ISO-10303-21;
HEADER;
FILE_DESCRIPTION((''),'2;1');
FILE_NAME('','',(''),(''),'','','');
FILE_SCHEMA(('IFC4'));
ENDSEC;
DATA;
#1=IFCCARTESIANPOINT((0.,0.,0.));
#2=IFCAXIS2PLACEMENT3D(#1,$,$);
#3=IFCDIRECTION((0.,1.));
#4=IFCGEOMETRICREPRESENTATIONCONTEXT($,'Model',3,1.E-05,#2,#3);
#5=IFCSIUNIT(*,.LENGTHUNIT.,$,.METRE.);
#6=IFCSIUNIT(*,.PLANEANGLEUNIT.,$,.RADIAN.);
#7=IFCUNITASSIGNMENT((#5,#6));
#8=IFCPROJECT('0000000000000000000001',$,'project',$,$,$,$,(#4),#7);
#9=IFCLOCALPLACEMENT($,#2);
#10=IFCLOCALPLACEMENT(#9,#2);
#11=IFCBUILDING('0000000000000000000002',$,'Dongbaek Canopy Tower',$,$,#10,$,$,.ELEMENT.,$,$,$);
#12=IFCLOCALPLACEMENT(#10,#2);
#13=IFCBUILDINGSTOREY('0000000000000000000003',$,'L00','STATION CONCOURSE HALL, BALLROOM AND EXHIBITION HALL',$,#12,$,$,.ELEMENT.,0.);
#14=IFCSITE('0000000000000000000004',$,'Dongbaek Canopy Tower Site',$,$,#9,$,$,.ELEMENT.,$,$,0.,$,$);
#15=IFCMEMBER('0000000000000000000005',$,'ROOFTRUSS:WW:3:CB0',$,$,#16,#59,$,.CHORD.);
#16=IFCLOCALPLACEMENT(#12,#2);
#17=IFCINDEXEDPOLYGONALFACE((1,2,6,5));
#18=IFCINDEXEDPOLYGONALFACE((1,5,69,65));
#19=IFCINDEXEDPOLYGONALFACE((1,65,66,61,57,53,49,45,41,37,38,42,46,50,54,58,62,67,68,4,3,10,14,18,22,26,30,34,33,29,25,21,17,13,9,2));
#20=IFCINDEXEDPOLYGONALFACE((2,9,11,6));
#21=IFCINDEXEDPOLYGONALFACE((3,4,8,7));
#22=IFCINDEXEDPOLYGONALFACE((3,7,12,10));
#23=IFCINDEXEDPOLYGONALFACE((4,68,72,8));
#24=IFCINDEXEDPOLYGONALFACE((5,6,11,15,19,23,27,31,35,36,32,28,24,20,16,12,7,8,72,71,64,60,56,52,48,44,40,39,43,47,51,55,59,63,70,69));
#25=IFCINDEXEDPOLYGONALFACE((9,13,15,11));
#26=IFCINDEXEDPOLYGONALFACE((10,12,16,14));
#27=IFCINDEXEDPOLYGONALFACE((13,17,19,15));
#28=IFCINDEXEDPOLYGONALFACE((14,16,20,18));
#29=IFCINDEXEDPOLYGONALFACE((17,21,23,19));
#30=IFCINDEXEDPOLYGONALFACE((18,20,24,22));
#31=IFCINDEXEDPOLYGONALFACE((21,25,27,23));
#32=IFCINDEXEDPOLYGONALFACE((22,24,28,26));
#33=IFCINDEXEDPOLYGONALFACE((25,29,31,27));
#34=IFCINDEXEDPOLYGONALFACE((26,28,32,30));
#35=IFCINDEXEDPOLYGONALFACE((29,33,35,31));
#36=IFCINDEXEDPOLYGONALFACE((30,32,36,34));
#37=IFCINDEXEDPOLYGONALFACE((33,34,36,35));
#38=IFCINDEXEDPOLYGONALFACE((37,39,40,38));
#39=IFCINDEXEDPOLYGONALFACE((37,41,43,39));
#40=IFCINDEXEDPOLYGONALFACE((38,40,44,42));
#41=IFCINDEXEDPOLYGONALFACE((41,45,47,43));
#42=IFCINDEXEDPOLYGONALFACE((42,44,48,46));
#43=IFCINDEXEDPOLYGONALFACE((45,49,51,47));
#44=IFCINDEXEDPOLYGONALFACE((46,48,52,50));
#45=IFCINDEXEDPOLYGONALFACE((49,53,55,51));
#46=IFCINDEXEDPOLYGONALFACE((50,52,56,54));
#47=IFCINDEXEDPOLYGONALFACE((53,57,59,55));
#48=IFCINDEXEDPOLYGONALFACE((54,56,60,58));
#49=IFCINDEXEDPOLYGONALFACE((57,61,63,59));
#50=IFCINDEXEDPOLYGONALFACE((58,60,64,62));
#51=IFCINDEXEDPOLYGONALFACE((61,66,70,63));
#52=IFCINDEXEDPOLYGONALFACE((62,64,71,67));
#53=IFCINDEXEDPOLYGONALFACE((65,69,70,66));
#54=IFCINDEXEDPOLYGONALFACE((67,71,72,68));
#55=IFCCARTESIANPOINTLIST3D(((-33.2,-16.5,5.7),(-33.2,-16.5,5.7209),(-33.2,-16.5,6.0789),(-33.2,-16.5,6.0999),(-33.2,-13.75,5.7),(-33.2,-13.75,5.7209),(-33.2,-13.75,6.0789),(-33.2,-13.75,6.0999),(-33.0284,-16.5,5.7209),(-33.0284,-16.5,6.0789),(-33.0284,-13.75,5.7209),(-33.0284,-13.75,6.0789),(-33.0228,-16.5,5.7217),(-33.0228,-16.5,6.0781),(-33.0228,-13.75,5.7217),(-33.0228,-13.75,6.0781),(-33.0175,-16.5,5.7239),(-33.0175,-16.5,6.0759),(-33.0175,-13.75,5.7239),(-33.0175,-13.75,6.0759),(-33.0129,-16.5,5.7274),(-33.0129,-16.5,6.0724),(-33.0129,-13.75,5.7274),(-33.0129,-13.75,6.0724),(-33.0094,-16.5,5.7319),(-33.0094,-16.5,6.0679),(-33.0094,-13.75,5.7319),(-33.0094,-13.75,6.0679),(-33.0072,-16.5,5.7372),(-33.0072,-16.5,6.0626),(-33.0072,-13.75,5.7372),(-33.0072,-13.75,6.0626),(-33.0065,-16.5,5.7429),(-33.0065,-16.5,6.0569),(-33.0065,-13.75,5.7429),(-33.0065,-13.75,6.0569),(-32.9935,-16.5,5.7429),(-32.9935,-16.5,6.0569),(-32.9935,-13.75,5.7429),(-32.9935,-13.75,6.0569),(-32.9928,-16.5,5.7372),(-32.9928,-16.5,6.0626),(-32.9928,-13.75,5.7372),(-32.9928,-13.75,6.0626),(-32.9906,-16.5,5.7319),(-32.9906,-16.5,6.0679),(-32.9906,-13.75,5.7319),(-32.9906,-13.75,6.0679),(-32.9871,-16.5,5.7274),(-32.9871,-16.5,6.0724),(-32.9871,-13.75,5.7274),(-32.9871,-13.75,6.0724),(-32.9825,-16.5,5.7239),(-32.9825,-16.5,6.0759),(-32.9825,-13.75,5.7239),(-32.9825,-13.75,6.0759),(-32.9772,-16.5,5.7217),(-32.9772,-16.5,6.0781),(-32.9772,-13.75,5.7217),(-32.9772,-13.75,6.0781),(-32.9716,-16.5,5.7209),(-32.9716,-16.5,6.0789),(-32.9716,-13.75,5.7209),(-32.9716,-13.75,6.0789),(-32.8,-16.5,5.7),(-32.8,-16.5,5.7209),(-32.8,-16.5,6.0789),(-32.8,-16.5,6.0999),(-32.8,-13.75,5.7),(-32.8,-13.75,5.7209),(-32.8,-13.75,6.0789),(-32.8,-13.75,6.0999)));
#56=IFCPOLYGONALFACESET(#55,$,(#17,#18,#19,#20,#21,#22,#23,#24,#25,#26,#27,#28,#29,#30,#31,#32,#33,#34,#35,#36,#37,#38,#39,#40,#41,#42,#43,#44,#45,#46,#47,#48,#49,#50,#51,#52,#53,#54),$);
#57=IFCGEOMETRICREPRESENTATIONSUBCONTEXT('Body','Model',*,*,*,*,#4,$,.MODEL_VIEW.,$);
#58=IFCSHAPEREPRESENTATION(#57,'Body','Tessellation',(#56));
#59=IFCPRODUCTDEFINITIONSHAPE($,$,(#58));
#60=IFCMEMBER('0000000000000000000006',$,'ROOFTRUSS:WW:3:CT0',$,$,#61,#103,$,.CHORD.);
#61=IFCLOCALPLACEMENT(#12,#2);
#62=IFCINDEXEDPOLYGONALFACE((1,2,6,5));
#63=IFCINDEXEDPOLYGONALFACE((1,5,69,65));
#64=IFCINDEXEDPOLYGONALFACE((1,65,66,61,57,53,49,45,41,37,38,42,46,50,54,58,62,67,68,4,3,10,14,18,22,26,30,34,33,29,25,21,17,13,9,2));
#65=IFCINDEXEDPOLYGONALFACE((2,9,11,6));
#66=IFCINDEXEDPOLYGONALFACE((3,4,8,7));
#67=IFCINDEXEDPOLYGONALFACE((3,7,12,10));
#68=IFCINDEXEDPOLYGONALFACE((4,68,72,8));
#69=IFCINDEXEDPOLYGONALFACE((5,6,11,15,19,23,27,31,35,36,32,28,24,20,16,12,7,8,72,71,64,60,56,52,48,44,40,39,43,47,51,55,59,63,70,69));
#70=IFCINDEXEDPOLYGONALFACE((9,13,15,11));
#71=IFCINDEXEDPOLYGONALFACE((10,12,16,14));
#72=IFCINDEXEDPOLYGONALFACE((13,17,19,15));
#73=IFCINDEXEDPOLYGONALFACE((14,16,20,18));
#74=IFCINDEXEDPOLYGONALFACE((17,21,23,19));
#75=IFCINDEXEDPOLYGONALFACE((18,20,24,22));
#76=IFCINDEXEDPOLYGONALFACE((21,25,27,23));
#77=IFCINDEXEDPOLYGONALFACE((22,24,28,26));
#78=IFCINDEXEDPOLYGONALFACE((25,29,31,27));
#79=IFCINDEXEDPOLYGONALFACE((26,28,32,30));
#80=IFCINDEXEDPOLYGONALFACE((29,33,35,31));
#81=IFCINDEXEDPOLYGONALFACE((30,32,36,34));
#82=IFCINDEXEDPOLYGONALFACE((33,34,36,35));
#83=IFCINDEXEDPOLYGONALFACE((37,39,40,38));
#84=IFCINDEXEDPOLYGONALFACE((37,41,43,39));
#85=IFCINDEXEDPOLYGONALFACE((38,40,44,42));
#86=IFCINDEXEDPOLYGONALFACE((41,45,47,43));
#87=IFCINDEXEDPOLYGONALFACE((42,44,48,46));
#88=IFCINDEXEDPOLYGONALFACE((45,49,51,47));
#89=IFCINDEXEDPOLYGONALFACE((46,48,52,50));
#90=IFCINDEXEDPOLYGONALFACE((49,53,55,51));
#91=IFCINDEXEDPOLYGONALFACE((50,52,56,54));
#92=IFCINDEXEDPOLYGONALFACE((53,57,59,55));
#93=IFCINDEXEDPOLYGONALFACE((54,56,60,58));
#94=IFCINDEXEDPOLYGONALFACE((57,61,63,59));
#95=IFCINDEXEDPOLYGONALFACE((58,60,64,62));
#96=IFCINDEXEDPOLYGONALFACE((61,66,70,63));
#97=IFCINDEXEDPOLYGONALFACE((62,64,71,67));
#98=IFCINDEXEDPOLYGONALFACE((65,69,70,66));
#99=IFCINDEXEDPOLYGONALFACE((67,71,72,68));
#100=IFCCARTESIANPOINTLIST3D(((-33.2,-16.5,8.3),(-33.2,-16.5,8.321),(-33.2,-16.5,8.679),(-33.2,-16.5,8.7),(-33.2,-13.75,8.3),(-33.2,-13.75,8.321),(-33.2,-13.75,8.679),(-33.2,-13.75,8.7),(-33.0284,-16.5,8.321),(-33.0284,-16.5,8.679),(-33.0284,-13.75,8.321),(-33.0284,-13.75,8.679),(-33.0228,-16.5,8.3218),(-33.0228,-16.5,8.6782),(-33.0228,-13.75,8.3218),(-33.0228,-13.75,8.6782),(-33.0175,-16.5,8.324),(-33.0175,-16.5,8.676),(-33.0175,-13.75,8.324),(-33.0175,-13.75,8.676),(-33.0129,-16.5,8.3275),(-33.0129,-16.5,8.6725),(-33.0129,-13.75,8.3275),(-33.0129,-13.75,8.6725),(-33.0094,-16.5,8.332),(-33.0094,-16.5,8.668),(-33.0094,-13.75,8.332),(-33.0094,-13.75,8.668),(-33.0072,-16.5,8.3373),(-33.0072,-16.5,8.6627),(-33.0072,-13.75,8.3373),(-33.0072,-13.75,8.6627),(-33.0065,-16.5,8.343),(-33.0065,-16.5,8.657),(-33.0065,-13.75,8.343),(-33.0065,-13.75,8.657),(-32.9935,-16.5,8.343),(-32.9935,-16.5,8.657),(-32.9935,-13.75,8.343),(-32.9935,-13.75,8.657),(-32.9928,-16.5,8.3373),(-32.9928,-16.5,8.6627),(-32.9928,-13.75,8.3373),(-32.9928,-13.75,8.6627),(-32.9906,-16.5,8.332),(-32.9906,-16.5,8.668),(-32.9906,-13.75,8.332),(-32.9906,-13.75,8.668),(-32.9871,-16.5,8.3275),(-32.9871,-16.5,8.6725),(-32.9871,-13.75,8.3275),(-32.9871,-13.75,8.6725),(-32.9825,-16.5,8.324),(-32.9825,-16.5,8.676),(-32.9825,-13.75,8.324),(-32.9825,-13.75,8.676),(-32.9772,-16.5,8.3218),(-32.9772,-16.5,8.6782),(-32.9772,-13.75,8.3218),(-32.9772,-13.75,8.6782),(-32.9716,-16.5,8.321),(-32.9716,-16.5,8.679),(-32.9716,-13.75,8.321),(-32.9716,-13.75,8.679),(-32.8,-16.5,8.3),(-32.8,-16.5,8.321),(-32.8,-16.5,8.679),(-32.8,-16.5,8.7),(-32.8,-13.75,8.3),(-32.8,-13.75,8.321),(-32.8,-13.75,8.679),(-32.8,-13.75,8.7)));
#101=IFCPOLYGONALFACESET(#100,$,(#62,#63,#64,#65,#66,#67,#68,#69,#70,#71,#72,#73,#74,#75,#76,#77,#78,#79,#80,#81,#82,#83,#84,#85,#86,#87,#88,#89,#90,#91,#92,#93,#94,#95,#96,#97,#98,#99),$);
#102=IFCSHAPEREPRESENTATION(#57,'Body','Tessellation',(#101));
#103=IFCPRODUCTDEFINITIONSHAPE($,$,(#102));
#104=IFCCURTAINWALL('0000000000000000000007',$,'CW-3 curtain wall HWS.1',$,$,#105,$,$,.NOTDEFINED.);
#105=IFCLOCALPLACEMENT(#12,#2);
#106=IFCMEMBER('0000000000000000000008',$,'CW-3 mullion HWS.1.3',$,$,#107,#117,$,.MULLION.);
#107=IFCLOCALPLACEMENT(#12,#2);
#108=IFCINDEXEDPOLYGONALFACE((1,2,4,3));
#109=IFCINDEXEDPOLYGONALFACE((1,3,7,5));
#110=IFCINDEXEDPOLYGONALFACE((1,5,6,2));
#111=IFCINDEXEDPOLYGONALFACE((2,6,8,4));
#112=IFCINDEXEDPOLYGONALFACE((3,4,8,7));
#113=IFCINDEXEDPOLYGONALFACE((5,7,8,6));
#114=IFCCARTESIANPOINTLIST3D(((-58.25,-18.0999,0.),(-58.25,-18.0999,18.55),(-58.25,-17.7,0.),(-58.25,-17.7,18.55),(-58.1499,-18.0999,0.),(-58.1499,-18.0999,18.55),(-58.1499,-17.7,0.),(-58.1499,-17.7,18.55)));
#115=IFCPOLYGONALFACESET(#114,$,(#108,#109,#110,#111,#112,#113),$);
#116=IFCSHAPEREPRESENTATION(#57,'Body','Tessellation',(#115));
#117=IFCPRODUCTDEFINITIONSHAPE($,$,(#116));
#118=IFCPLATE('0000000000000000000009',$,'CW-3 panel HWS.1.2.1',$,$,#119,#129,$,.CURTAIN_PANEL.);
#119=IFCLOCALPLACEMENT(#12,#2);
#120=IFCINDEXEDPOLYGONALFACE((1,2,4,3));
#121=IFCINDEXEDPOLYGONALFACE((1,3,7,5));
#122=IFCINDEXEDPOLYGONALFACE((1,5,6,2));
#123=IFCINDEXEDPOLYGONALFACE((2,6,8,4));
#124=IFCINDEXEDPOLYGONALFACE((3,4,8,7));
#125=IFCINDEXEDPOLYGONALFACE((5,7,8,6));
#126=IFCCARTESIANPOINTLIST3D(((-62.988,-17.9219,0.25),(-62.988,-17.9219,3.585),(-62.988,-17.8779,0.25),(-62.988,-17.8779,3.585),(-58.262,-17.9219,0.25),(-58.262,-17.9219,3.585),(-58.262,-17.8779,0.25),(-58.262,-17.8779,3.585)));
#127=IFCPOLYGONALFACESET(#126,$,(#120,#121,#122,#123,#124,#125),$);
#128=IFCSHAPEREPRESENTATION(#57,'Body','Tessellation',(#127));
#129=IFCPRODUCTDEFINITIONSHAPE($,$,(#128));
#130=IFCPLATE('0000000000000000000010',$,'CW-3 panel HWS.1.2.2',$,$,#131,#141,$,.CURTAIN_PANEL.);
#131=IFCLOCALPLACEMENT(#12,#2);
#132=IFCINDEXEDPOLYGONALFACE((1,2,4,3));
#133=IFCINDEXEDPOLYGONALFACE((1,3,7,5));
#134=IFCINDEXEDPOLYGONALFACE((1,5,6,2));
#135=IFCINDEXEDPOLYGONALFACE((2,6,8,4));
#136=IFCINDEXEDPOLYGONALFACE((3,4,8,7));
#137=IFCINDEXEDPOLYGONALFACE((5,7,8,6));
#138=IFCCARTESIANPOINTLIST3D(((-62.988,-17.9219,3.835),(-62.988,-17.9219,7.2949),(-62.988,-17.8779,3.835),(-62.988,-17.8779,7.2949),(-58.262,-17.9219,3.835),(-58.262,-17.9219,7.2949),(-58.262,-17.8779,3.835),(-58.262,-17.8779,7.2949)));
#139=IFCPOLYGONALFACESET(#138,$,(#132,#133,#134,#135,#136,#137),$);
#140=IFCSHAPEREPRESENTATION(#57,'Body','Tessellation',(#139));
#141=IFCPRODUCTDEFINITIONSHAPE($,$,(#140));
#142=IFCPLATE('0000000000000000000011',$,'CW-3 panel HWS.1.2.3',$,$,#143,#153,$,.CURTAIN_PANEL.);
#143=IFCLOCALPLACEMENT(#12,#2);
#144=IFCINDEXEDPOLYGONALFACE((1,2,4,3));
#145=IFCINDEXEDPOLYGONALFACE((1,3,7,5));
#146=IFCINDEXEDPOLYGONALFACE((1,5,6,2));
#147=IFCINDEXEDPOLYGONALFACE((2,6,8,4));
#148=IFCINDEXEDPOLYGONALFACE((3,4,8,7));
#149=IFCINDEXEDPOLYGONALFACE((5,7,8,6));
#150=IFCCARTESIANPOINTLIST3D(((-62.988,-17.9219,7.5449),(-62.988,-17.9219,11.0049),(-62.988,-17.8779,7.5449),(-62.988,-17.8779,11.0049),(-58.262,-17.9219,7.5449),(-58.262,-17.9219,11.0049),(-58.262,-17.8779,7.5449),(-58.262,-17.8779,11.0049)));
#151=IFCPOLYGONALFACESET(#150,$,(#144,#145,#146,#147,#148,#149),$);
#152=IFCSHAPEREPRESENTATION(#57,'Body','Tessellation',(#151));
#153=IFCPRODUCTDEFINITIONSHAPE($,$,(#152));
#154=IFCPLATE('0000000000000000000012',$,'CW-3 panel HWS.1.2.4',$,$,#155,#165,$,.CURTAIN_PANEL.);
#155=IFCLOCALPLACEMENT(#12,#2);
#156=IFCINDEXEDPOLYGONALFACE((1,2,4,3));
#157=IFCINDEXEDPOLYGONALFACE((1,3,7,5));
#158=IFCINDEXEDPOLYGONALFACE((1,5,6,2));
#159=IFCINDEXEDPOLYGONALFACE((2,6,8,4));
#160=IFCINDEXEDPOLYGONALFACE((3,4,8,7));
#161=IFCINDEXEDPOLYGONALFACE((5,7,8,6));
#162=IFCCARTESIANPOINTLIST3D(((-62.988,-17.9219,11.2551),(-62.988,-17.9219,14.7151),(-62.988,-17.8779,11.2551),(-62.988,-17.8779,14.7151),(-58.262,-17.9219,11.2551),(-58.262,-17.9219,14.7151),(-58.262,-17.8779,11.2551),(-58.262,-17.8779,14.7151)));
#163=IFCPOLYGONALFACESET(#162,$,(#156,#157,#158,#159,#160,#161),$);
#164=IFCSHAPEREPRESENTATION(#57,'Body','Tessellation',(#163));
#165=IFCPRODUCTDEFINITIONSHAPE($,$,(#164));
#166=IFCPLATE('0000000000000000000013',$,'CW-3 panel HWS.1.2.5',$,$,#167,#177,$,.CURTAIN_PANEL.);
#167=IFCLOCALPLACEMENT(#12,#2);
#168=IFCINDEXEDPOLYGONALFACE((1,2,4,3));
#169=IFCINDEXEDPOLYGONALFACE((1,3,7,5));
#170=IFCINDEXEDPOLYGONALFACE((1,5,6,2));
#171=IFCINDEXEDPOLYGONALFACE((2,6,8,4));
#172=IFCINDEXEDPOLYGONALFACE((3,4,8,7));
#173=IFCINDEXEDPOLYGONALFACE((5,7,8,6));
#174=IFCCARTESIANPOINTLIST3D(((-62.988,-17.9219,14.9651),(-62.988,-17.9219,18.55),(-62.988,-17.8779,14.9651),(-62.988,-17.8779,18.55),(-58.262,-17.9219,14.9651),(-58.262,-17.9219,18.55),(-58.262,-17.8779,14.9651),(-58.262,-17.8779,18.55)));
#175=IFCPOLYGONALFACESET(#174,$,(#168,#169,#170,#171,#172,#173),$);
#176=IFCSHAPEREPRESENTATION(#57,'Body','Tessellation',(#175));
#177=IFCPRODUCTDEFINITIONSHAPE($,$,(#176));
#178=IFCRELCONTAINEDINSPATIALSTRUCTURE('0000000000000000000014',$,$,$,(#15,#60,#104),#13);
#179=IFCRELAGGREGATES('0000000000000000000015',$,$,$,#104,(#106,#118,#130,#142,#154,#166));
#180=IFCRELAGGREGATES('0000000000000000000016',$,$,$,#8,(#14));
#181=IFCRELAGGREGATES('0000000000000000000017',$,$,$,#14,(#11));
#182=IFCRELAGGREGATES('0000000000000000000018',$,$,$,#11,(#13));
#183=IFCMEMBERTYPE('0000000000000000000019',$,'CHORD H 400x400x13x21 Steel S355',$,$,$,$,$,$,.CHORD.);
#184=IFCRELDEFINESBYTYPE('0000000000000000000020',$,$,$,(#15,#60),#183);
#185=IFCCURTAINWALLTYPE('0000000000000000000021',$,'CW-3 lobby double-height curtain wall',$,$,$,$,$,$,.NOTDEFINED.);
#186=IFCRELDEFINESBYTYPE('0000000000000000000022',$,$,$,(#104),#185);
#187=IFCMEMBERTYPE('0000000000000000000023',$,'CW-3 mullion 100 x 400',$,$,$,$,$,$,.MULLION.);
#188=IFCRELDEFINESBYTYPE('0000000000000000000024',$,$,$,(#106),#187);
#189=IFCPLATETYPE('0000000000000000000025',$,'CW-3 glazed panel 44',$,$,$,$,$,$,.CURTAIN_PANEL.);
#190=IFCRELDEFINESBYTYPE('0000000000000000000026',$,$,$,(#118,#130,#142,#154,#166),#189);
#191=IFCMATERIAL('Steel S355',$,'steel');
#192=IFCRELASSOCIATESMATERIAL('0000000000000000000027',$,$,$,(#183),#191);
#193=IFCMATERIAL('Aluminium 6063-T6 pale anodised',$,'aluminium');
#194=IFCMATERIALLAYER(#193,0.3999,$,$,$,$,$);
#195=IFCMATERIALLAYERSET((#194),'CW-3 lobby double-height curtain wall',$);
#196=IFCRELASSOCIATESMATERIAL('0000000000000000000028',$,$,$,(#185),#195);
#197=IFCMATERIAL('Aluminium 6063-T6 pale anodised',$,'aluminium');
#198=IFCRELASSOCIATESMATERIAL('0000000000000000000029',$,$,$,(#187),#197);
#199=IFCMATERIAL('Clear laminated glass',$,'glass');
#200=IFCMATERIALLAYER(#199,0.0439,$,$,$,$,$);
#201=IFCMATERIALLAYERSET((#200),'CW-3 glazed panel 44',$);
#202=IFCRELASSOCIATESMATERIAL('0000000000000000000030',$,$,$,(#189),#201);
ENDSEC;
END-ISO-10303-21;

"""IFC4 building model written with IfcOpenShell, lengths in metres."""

from ifc_helpers import new_model, si_unit, direction, frame, origin, origin_2d, place, context, subcontext, project, spatial, rectangle, i_section, extrude, material, layer, layer_set, material_profile, profile_set, type_object, element, aggregate, save


model = new_model("IFC4")

# Units and contexts
model_context = context("Model", 3, precision=1e-05, world=origin(), true_north=direction((0.0, 1.0)))
body_context = subcontext(model_context, "Body", "Model", "MODEL_VIEW")
ifc_project = project(units=[si_unit("LENGTHUNIT", "METRE"), si_unit("PLANEANGLEUNIT", "RADIAN")], contexts=[model_context])

# Site, building, storey
site_placement = place(None, origin())
site = spatial("IfcSite", under=ifc_project, at=site_placement, Name="Dongbaek Canopy Tower Site", CompositionType="ELEMENT", RefElevation=0.0)
building_placement = place(site_placement, origin())
building = spatial("IfcBuilding", under=site, at=building_placement, Name="Dongbaek Canopy Tower", CompositionType="ELEMENT")
storey_placement = place(building_placement, origin())
storey = spatial("IfcBuildingStorey", under=building, at=storey_placement, Name="L00", Description="STATION CONCOURSE HALL, BALLROOM AND EXHIBITION HALL", CompositionType="ELEMENT", Elevation=0.0)

# Members
ifc_material_1 = material(Name="Steel S355", Category="steel")
ifc_material_profile_1 = material_profile(ifc_material_1, i_section(OverallWidth=0.3999, OverallDepth=0.3999, WebThickness=0.0129, FlangeThickness=0.021, FilletRadius=0.022, at=origin_2d()), Name="CHORD H 400x400x13x21 Steel S355")
ifc_profile_set_1 = profile_set([ifc_material_profile_1], Name="Steel S355")
member_type_1 = type_object("IfcMemberType", Name="CHORD H 400x400x13x21 Steel S355", PredefinedType="CHORD", material=ifc_profile_set_1)
for number, where, z_axis, x_axis, name in (
    (1, (-33.0, -16.5, 5.8999), (0.0, 1.0, 0.0), (-1.0, 0.0, 0.0), "ROOFTRUSS:WW:3:CB0"),
    (2, (-33.0, -16.5, 8.5), (0.0, 1.0, 0.0), (-1.0, 0.0, 0.0), "ROOFTRUSS:WW:3:CT0"),
):
    element("IfcMember", number, at=place(storey_placement, frame(where, z_axis=z_axis, x_axis=x_axis)), inside=storey, type_object=member_type_1, Name=name, PredefinedType="CHORD", context=body_context, shape_type="SweptSolid", body=[
        extrude(i_section(OverallWidth=0.3999, OverallDepth=0.3999, WebThickness=0.0129, FlangeThickness=0.021, FilletRadius=0.022, at=origin_2d()), origin(), (0.0, 0.0, 1.0), 2.75),
    ])

# Curtain wall, member, plates
ifc_material_2 = material(Name="Aluminium 6063-T6 pale anodised", Category="aluminium")
ifc_layer_1 = layer(ifc_material_2, 0.3999)
ifc_layer_set_1 = layer_set([ifc_layer_1], Name="CW-3 lobby double-height curtain wall")
curtain_wall_type = type_object("IfcCurtainWallType", Name="CW-3 lobby double-height curtain wall", PredefinedType="NOTDEFINED", material=ifc_layer_set_1)
curtain_wall_placement = place(storey_placement, origin())
curtain_wall = element("IfcCurtainWall", 3, at=curtain_wall_placement, inside=storey, type_object=curtain_wall_type, Name="CW-3 curtain wall HWS.1", PredefinedType="NOTDEFINED")
ifc_material_3 = material(Name="Aluminium 6063-T6 pale anodised", Category="aluminium")
ifc_material_profile_2 = material_profile(ifc_material_3, rectangle(XDim=0.3999, YDim=0.1001, at=origin_2d()), Name="CW-3 mullion 100 x 400")
ifc_profile_set_2 = profile_set([ifc_material_profile_2], Name="Aluminium 6063-T6 pale anodised")
member_type_2 = type_object("IfcMemberType", Name="CW-3 mullion 100 x 400", PredefinedType="MULLION", material=ifc_profile_set_2)
member_placement = place(storey_placement, frame((-58.2, -17.8999, 0.0), z_axis=(0.0, 0.0, 1.0), x_axis=(0.0, -1.0, 0.0)))
member = element("IfcMember", 4, at=member_placement, type_object=member_type_2, Name="CW-3 mullion HWS.1.3", PredefinedType="MULLION", context=body_context, shape_type="SweptSolid", body=[
    extrude(rectangle(XDim=0.3999, YDim=0.1001, at=origin_2d()), origin(), (0.0, 0.0, 1.0), 18.55),
])
ifc_material_4 = material(Name="Clear laminated glass", Category="glass")
ifc_layer_2 = layer(ifc_material_4, 0.0439)
ifc_layer_set_2 = layer_set([ifc_layer_2], Name="CW-3 glazed panel 44")
plate_type = type_object("IfcPlateType", Name="CW-3 glazed panel 44", PredefinedType="CURTAIN_PANEL", material=ifc_layer_set_2)
plate_1_placement = place(storey_placement, frame((-60.625, -17.8999, 0.25), z_axis=(0.0, 0.0, 1.0), x_axis=(1.0, 0.0, 0.0)))
plate_1 = element("IfcPlate", 5, at=plate_1_placement, type_object=plate_type, Name="CW-3 panel HWS.1.2.1", PredefinedType="CURTAIN_PANEL", context=body_context, shape_type="SweptSolid", body=[
    extrude(rectangle(XDim=4.7261, YDim=0.0439, at=origin_2d()), origin(), (0.0, 0.0, 1.0), 3.335),
])
plate_2_placement = place(storey_placement, frame((-60.625, -17.8999, 3.835), z_axis=(0.0, 0.0, 1.0), x_axis=(1.0, 0.0, 0.0)))
plate_2 = element("IfcPlate", 6, at=plate_2_placement, type_object=plate_type, Name="CW-3 panel HWS.1.2.2", PredefinedType="CURTAIN_PANEL", context=body_context, shape_type="SweptSolid", body=[
    extrude(rectangle(XDim=4.7261, YDim=0.0439, at=origin_2d()), origin(), (0.0, 0.0, 1.0), 3.46),
])
plate_3_placement = place(storey_placement, frame((-60.625, -17.8999, 7.5449), z_axis=(0.0, 0.0, 1.0), x_axis=(1.0, 0.0, 0.0)))
plate_3 = element("IfcPlate", 7, at=plate_3_placement, type_object=plate_type, Name="CW-3 panel HWS.1.2.3", PredefinedType="CURTAIN_PANEL", context=body_context, shape_type="SweptSolid", body=[
    extrude(rectangle(XDim=4.7261, YDim=0.0439, at=origin_2d()), origin(), (0.0, 0.0, 1.0), 3.46),
])
plate_4_placement = place(storey_placement, frame((-60.625, -17.8999, 11.2551), z_axis=(0.0, 0.0, 1.0), x_axis=(1.0, 0.0, 0.0)))
plate_4 = element("IfcPlate", 8, at=plate_4_placement, type_object=plate_type, Name="CW-3 panel HWS.1.2.4", PredefinedType="CURTAIN_PANEL", context=body_context, shape_type="SweptSolid", body=[
    extrude(rectangle(XDim=4.7261, YDim=0.0439, at=origin_2d()), origin(), (0.0, 0.0, 1.0), 3.46),
])
plate_5_placement = place(storey_placement, frame((-60.625, -17.8999, 14.9651), z_axis=(0.0, 0.0, 1.0), x_axis=(1.0, 0.0, 0.0)))
plate_5 = element("IfcPlate", 9, at=plate_5_placement, type_object=plate_type, Name="CW-3 panel HWS.1.2.5", PredefinedType="CURTAIN_PANEL", context=body_context, shape_type="SweptSolid", body=[
    extrude(rectangle(XDim=4.7261, YDim=0.0439, at=origin_2d()), origin(), (0.0, 0.0, 1.0), 3.585),
])
aggregate(curtain_wall, [member, plate_1, plate_2, plate_3, plate_4, plate_5])

save(model, "model.ifc")
